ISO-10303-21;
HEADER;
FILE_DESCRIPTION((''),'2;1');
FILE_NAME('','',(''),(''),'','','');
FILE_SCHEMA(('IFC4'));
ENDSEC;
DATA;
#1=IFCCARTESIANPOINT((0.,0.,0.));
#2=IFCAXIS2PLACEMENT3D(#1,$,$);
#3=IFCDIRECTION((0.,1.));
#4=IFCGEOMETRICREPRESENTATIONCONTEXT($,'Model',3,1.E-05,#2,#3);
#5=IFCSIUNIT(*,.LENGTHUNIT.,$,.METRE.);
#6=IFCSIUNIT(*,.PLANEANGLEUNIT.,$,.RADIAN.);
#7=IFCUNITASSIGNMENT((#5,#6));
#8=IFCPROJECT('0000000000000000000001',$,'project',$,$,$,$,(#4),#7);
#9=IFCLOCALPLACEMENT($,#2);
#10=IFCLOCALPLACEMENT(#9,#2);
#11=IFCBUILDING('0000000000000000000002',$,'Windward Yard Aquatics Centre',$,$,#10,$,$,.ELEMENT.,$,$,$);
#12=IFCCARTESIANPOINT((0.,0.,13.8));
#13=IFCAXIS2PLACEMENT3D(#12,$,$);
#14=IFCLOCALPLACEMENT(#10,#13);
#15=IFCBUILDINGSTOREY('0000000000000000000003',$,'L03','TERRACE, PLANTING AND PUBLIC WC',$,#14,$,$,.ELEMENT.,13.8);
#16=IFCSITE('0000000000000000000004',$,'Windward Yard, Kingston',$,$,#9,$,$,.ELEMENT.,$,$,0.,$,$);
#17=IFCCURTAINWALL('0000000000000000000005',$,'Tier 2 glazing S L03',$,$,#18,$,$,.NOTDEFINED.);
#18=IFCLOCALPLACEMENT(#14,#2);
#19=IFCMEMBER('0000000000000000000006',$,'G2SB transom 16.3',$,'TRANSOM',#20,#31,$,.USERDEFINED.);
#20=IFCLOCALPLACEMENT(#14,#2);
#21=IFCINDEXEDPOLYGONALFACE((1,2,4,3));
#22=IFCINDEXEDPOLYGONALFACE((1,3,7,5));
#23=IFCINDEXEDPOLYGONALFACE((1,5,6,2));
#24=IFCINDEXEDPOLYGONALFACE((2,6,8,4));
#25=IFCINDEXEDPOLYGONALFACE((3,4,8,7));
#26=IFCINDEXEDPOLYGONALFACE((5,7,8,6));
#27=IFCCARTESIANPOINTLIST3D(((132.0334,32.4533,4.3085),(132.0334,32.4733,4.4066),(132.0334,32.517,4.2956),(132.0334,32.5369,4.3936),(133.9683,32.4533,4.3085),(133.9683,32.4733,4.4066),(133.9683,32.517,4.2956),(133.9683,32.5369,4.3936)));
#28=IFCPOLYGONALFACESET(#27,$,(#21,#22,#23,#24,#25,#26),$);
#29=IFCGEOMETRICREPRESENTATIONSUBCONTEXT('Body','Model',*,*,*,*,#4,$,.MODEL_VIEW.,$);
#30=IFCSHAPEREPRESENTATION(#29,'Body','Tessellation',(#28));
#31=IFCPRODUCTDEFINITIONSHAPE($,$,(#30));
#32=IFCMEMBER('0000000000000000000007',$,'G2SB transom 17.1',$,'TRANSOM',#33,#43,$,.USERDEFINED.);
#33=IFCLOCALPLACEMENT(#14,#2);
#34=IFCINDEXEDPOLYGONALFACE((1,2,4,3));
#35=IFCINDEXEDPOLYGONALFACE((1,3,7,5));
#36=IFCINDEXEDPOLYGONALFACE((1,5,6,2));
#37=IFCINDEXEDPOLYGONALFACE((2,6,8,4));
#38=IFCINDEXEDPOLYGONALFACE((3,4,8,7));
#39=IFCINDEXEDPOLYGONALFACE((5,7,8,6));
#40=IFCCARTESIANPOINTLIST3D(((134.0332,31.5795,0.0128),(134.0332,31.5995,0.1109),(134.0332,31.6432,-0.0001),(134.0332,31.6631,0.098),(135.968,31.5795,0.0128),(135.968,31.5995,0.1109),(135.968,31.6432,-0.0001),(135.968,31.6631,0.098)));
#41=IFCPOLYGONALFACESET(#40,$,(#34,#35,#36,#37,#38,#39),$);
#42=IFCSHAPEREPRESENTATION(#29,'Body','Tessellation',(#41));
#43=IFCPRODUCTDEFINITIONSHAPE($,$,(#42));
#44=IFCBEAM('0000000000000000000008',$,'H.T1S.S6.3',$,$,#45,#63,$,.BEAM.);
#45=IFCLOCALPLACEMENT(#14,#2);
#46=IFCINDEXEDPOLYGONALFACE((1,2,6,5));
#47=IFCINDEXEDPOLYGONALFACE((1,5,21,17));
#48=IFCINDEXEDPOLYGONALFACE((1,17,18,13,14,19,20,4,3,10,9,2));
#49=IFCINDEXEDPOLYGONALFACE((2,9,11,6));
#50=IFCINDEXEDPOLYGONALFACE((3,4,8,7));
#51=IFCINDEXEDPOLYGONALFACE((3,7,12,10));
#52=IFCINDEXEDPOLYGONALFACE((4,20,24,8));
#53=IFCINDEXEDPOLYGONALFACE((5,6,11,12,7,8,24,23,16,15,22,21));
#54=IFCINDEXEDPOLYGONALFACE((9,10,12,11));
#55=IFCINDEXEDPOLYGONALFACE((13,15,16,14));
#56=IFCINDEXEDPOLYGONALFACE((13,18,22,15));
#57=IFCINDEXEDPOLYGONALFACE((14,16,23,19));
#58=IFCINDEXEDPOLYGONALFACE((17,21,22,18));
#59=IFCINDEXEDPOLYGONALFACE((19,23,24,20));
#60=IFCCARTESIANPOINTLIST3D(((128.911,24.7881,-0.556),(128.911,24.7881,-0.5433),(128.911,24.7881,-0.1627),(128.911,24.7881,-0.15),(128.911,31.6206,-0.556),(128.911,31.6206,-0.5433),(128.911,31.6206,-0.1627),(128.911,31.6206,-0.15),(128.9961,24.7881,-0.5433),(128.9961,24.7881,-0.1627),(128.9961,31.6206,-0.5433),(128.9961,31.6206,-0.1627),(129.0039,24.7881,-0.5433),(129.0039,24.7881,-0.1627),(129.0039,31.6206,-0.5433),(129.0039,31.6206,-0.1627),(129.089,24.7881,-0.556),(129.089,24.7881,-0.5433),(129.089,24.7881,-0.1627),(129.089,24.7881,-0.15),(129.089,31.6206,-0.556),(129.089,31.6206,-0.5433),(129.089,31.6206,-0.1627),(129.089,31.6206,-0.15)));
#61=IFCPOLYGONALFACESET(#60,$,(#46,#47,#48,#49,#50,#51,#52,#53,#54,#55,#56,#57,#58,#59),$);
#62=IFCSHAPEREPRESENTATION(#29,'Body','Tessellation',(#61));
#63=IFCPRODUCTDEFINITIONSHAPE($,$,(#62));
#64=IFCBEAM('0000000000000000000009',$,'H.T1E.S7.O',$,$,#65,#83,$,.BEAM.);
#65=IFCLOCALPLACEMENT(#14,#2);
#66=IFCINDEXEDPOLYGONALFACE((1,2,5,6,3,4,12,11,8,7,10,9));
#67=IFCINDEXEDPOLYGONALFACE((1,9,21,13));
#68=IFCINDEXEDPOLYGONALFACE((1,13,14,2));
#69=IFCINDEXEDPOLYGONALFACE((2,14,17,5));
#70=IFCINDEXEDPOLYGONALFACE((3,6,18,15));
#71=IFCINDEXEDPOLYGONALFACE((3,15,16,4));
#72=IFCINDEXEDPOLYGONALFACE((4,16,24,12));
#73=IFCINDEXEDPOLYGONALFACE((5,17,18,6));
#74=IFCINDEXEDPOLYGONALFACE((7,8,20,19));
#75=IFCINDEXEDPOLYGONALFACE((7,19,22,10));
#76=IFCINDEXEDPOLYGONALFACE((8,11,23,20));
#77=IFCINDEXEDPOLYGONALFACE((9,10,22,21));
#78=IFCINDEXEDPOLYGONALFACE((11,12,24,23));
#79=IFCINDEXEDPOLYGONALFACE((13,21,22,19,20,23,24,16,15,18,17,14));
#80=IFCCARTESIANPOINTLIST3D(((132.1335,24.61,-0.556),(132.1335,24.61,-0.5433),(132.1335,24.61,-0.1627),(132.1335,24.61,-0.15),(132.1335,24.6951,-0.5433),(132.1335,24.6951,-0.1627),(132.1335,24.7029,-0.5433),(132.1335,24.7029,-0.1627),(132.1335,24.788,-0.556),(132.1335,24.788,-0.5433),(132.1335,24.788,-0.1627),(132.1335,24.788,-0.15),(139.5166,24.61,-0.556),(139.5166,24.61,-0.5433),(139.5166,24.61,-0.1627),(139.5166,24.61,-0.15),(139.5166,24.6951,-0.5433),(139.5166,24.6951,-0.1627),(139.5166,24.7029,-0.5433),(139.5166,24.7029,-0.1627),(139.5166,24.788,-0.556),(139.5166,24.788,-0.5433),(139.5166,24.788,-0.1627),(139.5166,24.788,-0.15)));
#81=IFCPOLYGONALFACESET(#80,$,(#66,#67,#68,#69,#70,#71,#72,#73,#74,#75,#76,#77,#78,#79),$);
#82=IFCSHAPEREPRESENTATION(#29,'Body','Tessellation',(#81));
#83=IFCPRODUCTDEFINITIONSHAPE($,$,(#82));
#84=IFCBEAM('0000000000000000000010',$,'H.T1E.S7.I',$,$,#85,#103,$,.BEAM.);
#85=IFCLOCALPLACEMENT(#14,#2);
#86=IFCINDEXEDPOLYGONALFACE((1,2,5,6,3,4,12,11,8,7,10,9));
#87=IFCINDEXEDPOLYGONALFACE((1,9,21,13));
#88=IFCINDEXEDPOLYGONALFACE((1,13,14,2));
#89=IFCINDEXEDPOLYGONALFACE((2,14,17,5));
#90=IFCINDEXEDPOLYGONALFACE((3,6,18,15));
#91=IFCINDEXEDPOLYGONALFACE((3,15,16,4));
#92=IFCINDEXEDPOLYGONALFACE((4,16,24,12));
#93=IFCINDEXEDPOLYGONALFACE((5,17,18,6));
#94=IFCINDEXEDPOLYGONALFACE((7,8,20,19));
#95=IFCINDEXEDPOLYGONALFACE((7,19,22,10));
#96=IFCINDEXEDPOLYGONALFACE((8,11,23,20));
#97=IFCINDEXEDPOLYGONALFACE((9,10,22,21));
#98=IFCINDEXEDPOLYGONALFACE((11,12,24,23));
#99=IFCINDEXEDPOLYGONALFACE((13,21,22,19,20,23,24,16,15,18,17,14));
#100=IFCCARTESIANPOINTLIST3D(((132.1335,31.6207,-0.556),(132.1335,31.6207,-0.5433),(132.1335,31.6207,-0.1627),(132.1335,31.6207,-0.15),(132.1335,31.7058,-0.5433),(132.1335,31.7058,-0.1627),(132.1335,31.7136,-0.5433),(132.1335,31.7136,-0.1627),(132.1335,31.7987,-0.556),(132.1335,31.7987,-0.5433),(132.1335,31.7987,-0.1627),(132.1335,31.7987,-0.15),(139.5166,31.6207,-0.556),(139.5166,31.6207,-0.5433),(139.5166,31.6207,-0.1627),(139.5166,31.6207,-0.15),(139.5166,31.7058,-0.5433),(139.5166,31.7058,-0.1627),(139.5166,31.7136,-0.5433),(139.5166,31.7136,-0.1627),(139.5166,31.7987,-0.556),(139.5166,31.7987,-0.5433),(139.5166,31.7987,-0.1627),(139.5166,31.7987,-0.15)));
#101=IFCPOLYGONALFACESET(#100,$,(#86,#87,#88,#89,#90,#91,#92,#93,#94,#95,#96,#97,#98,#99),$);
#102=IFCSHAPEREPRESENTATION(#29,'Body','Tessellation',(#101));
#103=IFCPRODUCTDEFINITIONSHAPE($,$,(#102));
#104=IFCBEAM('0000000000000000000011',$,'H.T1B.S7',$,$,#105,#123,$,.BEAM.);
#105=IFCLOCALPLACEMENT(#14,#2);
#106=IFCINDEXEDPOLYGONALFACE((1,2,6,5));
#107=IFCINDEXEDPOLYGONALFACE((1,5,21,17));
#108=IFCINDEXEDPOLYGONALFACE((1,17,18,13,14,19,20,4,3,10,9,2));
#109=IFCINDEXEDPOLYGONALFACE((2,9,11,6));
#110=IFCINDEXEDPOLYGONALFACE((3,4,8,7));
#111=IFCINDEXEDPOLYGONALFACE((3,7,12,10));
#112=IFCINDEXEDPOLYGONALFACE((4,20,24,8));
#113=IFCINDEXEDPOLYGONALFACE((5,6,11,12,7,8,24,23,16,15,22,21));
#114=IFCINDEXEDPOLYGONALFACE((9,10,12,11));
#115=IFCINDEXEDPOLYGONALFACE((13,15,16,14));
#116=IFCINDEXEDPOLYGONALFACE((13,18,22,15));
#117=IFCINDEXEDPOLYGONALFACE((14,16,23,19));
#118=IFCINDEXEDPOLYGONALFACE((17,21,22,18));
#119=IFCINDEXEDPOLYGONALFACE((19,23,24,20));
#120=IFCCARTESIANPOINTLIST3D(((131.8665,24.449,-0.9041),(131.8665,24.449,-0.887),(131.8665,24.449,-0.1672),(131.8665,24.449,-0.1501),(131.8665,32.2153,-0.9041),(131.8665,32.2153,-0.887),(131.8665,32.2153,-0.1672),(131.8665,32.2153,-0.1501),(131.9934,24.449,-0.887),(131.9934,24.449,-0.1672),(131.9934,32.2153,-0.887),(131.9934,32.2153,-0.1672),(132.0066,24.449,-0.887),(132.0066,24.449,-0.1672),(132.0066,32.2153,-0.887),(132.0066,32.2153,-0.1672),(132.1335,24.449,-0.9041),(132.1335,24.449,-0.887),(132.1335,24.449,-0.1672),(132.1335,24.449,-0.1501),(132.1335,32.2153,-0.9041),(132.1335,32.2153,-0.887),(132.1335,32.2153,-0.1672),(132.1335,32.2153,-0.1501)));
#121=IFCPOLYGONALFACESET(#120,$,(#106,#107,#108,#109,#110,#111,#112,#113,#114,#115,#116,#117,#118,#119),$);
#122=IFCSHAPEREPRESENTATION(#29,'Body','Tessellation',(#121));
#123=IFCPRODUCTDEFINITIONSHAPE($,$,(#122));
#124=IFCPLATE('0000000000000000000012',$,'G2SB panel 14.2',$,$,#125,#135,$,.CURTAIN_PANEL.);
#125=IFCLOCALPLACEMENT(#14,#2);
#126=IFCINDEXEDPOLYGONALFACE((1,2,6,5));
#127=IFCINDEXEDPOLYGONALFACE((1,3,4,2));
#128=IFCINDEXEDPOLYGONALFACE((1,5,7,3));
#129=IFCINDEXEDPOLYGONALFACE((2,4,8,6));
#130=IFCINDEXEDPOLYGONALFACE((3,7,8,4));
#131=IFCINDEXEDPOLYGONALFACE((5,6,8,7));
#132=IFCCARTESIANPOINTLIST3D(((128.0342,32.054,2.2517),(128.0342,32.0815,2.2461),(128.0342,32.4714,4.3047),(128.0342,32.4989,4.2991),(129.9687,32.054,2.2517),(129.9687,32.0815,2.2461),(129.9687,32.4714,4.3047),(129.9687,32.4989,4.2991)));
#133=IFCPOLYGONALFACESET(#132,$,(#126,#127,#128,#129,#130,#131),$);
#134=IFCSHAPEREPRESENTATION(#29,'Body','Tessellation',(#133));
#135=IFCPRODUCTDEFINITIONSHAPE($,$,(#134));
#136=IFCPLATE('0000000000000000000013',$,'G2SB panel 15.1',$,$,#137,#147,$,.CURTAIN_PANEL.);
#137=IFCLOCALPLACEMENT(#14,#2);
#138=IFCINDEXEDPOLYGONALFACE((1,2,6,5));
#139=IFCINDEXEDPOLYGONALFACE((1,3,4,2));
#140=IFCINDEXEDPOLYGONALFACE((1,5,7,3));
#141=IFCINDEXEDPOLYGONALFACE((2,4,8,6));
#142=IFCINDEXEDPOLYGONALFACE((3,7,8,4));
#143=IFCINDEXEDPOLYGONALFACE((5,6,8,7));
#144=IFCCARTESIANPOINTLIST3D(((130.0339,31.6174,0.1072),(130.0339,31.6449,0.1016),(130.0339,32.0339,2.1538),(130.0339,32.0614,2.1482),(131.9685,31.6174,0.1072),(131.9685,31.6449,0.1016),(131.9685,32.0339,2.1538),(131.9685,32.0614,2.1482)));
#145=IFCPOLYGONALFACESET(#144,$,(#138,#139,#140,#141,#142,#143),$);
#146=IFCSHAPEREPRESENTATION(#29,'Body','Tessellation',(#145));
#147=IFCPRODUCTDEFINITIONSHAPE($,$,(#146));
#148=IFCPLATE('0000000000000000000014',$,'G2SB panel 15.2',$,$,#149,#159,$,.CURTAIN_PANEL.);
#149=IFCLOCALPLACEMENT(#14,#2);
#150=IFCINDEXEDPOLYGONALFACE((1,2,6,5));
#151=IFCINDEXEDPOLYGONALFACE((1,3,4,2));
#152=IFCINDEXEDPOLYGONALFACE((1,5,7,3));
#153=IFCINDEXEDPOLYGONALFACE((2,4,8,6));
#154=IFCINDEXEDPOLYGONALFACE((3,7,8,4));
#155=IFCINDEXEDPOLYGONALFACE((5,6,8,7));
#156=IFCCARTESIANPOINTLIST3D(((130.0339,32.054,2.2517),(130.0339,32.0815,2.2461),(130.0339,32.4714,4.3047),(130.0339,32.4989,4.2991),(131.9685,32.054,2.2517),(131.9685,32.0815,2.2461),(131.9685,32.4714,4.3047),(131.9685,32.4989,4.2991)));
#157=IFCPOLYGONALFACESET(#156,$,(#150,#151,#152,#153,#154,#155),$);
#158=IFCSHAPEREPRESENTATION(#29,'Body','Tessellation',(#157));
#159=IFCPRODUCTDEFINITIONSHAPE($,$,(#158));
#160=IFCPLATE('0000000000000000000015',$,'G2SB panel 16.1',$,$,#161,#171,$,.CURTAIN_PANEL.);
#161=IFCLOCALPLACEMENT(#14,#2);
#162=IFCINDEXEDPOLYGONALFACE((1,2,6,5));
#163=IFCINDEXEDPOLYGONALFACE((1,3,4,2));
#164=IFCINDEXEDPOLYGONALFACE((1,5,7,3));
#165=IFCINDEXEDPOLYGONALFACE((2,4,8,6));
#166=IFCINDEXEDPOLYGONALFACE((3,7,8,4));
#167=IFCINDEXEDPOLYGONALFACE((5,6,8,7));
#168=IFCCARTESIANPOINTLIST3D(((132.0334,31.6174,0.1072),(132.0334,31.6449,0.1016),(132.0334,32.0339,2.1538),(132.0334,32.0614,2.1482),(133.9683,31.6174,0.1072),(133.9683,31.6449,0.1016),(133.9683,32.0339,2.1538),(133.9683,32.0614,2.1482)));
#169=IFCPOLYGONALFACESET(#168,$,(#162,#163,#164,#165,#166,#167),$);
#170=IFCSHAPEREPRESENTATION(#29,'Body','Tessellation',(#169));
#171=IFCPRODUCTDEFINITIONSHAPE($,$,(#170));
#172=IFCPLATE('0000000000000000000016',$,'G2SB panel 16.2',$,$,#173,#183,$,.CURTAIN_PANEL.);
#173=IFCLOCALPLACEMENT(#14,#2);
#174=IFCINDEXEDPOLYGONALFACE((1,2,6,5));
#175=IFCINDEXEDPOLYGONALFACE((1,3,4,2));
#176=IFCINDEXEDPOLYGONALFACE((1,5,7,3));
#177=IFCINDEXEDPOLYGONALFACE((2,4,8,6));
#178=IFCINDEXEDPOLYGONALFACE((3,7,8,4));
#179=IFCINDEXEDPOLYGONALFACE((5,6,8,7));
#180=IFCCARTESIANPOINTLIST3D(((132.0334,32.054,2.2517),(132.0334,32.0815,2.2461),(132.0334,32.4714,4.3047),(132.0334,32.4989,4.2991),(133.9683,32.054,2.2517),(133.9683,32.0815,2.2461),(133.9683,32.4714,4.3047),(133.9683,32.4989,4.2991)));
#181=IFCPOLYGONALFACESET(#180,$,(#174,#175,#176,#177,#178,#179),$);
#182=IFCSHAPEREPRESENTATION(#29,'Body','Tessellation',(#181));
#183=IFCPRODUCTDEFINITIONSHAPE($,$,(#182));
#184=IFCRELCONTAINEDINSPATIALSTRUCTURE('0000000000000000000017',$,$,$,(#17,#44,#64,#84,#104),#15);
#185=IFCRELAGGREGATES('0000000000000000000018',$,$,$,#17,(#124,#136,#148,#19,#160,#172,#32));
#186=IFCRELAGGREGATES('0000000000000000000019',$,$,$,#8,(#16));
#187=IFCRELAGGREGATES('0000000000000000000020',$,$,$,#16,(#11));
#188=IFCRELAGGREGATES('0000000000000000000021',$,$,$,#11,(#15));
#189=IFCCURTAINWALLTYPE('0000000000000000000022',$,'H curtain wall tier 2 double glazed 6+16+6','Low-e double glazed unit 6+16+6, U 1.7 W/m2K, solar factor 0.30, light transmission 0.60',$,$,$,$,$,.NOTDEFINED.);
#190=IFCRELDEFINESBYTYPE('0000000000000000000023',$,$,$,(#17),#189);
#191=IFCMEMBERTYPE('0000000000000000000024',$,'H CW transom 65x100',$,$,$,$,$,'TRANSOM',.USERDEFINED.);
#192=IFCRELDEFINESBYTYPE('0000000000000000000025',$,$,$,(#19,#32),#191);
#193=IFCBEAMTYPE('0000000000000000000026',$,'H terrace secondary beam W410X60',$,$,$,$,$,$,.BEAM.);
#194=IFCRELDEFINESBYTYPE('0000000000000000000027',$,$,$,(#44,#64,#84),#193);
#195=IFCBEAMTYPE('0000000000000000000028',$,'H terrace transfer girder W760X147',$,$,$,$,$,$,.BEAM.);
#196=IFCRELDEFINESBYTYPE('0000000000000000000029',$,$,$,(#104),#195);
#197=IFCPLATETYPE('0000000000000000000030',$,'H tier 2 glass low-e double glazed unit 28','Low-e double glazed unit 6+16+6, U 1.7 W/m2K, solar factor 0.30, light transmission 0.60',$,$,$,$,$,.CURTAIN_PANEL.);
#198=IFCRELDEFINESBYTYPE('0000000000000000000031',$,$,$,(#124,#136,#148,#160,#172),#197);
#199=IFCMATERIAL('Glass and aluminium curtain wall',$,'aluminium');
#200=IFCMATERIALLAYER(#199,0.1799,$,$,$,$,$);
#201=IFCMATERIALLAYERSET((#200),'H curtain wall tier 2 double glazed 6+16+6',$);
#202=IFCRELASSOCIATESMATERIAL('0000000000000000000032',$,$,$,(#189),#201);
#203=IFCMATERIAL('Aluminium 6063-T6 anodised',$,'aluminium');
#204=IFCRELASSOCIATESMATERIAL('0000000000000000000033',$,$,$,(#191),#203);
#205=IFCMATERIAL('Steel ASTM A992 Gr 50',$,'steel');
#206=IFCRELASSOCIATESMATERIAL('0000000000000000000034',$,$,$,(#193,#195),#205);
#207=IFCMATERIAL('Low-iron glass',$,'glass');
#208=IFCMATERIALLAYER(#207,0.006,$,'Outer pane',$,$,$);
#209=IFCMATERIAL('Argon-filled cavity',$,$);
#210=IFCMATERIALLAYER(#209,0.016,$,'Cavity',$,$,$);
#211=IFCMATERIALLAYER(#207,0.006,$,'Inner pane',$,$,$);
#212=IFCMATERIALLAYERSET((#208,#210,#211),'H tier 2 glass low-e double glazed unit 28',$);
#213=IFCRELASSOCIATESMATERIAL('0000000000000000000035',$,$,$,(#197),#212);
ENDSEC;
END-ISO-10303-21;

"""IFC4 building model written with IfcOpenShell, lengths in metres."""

from ifc_helpers import new_model, si_unit, direction, frame, origin, origin_2d, place, context, subcontext, project, spatial, polyline, rectangle, i_section, outline, extrude, material, layer, layer_set, material_profile, profile_set, type_object, element, aggregate, save


model = new_model("IFC4")

# Units and contexts
model_context = context("Model", 3, precision=1e-05, world=origin(), true_north=direction((0.0, 1.0)))
body_context = subcontext(model_context, "Body", "Model", "MODEL_VIEW")
ifc_project = project(units=[si_unit("LENGTHUNIT", "METRE"), si_unit("PLANEANGLEUNIT", "RADIAN")], contexts=[model_context])

# Site, building, storey
site_placement = place(None, origin())
site = spatial("IfcSite", under=ifc_project, at=site_placement, Name="Windward Yard, Kingston", CompositionType="ELEMENT", RefElevation=0.0)
building_placement = place(site_placement, origin())
building = spatial("IfcBuilding", under=site, at=building_placement, Name="Windward Yard Aquatics Centre", CompositionType="ELEMENT")
storey_placement = place(building_placement, frame((0.0, 0.0, 13.8)))
storey = spatial("IfcBuildingStorey", under=building, at=storey_placement, Name="L03", Description="TERRACE, PLANTING AND PUBLIC WC", CompositionType="ELEMENT", Elevation=13.8)

# Curtain wall, members
ifc_material_1 = material(Name="Glass and aluminium curtain wall", Category="aluminium")
ifc_layer_1 = layer(ifc_material_1, 0.1799)
ifc_layer_set_1 = layer_set([ifc_layer_1], Name="H curtain wall tier 2 double glazed 6+16+6")
curtain_wall_type = type_object("IfcCurtainWallType", Name="H curtain wall tier 2 double glazed 6+16+6", Description="Low-e double glazed unit 6+16+6, U 1.7 W/m2K, solar factor 0.30, light transmission 0.60", PredefinedType="NOTDEFINED", material=ifc_layer_set_1)
curtain_wall_placement = place(storey_placement, origin())
curtain_wall = element("IfcCurtainWall", 1, at=curtain_wall_placement, inside=storey, type_object=curtain_wall_type, Name="Tier 2 glazing S L03", PredefinedType="NOTDEFINED")
ifc_material_2 = material(Name="Aluminium 6063-T6 anodised", Category="aluminium")
ifc_material_profile_1 = material_profile(ifc_material_2, rectangle(XDim=0.0649, YDim=0.1001, at=origin_2d()), Name="H CW transom 65x100")
ifc_profile_set_1 = profile_set([ifc_material_profile_1], Name="Aluminium 6063-T6 anodised")
member_type_1 = type_object("IfcMemberType", Name="H CW transom 65x100", ElementType="TRANSOM", PredefinedType="USERDEFINED", material=ifc_profile_set_1)
member_1_placement = place(storey_placement, frame((132.0334, 32.4951, 4.3511), z_axis=(1.0, 0.0, 0.0), x_axis=(0.0, -0.979925, 0.199368)))
member_1 = element("IfcMember", 2, at=member_1_placement, type_object=member_type_1, Name="G2SB transom 16.3", ObjectType="TRANSOM", PredefinedType="USERDEFINED", context=body_context, shape_type="SweptSolid", body=[
    extrude(rectangle(XDim=0.0649, YDim=0.1001, at=origin_2d()), origin(), (0.0, 0.0, 1.0), 1.9348),
])
member_2_placement = place(storey_placement, frame((134.0332, 31.6213, 0.0554), z_axis=(1.0, 0.0, 0.0), x_axis=(0.0, -0.979925, 0.199368)))
member_2 = element("IfcMember", 3, at=member_2_placement, type_object=member_type_1, Name="G2SB transom 17.1", ObjectType="TRANSOM", PredefinedType="USERDEFINED", context=body_context, shape_type="SweptSolid", body=[
    extrude(rectangle(XDim=0.0649, YDim=0.1001, at=origin_2d()), origin(), (0.0, 0.0, 1.0), 1.9348),
])

# Beams
ifc_material_3 = material(Name="Steel ASTM A992 Gr 50", Category="steel")
ifc_material_profile_2 = material_profile(ifc_material_3, i_section(OverallWidth=0.178, OverallDepth=0.406, WebThickness=0.0078, FlangeThickness=0.0127, at=origin_2d()), Name="W410X60")
ifc_profile_set_2 = profile_set([ifc_material_profile_2], Name="Steel ASTM A992 Gr 50")
beam_type_1 = type_object("IfcBeamType", Name="H terrace secondary beam W410X60", PredefinedType="BEAM", material=ifc_profile_set_2)
beam_1_placement = place(storey_placement, frame((129.0, 24.7881, -0.353), z_axis=(0.0, 1.0, 0.0), x_axis=(-1.0, 0.0, 0.0)))
element("IfcBeam", 4, at=beam_1_placement, inside=storey, type_object=beam_type_1, Name="H.T1S.S6.3", PredefinedType="BEAM", context=body_context, shape_type="SweptSolid", body=[
    extrude(i_section(OverallWidth=0.178, OverallDepth=0.406, WebThickness=0.0078, FlangeThickness=0.0127, at=origin_2d()), origin(), (0.0, 0.0, 1.0), 6.8325),
])
for number, where, z_axis, x_axis, name in (
    (5, (132.1335, 24.699, -0.353), (1.0, 0.0, 0.0), (0.0, 1.0, 0.0), "H.T1E.S7.O"),
    (6, (132.1335, 31.7097, -0.353), (1.0, 0.0, 0.0), (0.0, 1.0, 0.0), "H.T1E.S7.I"),
):
    element("IfcBeam", number, at=place(storey_placement, frame(where, z_axis=z_axis, x_axis=x_axis)), inside=storey, type_object=beam_type_1, Name=name, PredefinedType="BEAM", context=body_context, shape_type="SweptSolid", body=[
        extrude(i_section(OverallWidth=0.178, OverallDepth=0.406, WebThickness=0.0078, FlangeThickness=0.0127, at=origin_2d()), origin(), (0.0, 0.0, 1.0), 7.3831),
    ])
ifc_material_profile_3 = material_profile(ifc_material_3, i_section(OverallWidth=0.2671, OverallDepth=0.7539, WebThickness=0.0132, FlangeThickness=0.0171, at=origin_2d()), Name="W760X147")
ifc_profile_set_3 = profile_set([ifc_material_profile_3], Name="Steel ASTM A992 Gr 50")
beam_type_2 = type_object("IfcBeamType", Name="H terrace transfer girder W760X147", PredefinedType="BEAM", material=ifc_profile_set_3)
beam_2_placement = place(storey_placement, frame((132.0, 24.449, -0.5271), z_axis=(0.0, 1.0, 0.0), x_axis=(-1.0, 0.0, 0.0)))
element("IfcBeam", 7, at=beam_2_placement, inside=storey, type_object=beam_type_2, Name="H.T1B.S7", PredefinedType="BEAM", context=body_context, shape_type="SweptSolid", body=[
    extrude(i_section(OverallWidth=0.2671, OverallDepth=0.7539, WebThickness=0.0132, FlangeThickness=0.0171, at=origin_2d()), origin(), (0.0, 0.0, 1.0), 7.7664),
])

# Plates
ifc_material_4 = material(Name="Low-iron glass", Category="glass")
ifc_layer_2 = layer(ifc_material_4, 0.006, Name="Outer pane")
ifc_material_5 = material(Name="Argon-filled cavity")
ifc_layer_3 = layer(ifc_material_5, 0.016, Name="Cavity")
ifc_layer_4 = layer(ifc_material_4, 0.006, Name="Inner pane")
ifc_layer_set_2 = layer_set([ifc_layer_2, ifc_layer_3, ifc_layer_4], Name="H tier 2 glass low-e double glazed unit 28")
plate_type = type_object("IfcPlateType", Name="H tier 2 glass low-e double glazed unit 28", Description="Low-e double glazed unit 6+16+6, U 1.7 W/m2K, solar factor 0.30, light transmission 0.60", PredefinedType="CURTAIN_PANEL", material=ifc_layer_set_2)
plate_1_placement = place(storey_placement, frame((128.0342, 32.054, 2.2517), z_axis=(0.0, -0.979944, 0.199275), x_axis=(1.0, 0.0, 0.0)))
plate_1 = element("IfcPlate", 8, at=plate_1_placement, type_object=plate_type, Name="G2SB panel 14.2", PredefinedType="CURTAIN_PANEL", context=body_context, shape_type="SweptSolid", body=[
    extrude(outline(polyline([(0.0, 0.0), (1.9346, 0.0), (1.9346, 2.095), (0.0, 2.095), (0.0, 0.0)])), origin(), (0.0, 0.0, -1.0), 0.0281),
])
plate_2_placement = place(storey_placement, frame((130.0339, 31.6174, 0.1072), z_axis=(0.0, -0.979914, 0.199419), x_axis=(1.0, 0.0, 0.0)))
plate_2 = element("IfcPlate", 9, at=plate_2_placement, type_object=plate_type, Name="G2SB panel 15.1", PredefinedType="CURTAIN_PANEL", context=body_context, shape_type="SweptSolid", body=[
    extrude(outline(polyline([(0.0, 0.0), (1.9346, 0.0), (1.9346, 2.0886), (0.0, 2.0886), (0.0, 0.0)])), origin(), (0.0, 0.0, -1.0), 0.0281),
])
plate_3_placement = place(storey_placement, frame((130.0339, 32.054, 2.2517), z_axis=(0.0, -0.979944, 0.199275), x_axis=(1.0, 0.0, 0.0)))
plate_3 = element("IfcPlate", 10, at=plate_3_placement, type_object=plate_type, Name="G2SB panel 15.2", PredefinedType="CURTAIN_PANEL", context=body_context, shape_type="SweptSolid", body=[
    extrude(outline(polyline([(0.0, 0.0), (1.9346, 0.0), (1.9346, 2.095), (0.0, 2.095), (0.0, 0.0)])), origin(), (0.0, 0.0, -1.0), 0.0281),
])
plate_4_placement = place(storey_placement, frame((132.0334, 31.6174, 0.1072), z_axis=(0.0, -0.979914, 0.199419), x_axis=(1.0, 0.0, 0.0)))
plate_4 = element("IfcPlate", 11, at=plate_4_placement, type_object=plate_type, Name="G2SB panel 16.1", PredefinedType="CURTAIN_PANEL", context=body_context, shape_type="SweptSolid", body=[
    extrude(outline(polyline([(0.0, 0.0), (1.9348, 0.0), (1.9348, 2.0886), (0.0, 2.0886), (0.0, 0.0)])), origin(), (0.0, 0.0, -1.0), 0.0281),
])
plate_5_placement = place(storey_placement, frame((132.0334, 32.054, 2.2517), z_axis=(0.0, -0.979944, 0.199275), x_axis=(1.0, 0.0, 0.0)))
plate_5 = element("IfcPlate", 12, at=plate_5_placement, type_object=plate_type, Name="G2SB panel 16.2", PredefinedType="CURTAIN_PANEL", context=body_context, shape_type="SweptSolid", body=[
    extrude(outline(polyline([(0.0, 0.0), (1.9348, 0.0), (1.9348, 2.095), (0.0, 2.095), (0.0, 0.0)])), origin(), (0.0, 0.0, -1.0), 0.0281),
])
aggregate(curtain_wall, [plate_1, plate_2, plate_3, member_1, plate_4, plate_5, member_2])

save(model, "model.ifc")
